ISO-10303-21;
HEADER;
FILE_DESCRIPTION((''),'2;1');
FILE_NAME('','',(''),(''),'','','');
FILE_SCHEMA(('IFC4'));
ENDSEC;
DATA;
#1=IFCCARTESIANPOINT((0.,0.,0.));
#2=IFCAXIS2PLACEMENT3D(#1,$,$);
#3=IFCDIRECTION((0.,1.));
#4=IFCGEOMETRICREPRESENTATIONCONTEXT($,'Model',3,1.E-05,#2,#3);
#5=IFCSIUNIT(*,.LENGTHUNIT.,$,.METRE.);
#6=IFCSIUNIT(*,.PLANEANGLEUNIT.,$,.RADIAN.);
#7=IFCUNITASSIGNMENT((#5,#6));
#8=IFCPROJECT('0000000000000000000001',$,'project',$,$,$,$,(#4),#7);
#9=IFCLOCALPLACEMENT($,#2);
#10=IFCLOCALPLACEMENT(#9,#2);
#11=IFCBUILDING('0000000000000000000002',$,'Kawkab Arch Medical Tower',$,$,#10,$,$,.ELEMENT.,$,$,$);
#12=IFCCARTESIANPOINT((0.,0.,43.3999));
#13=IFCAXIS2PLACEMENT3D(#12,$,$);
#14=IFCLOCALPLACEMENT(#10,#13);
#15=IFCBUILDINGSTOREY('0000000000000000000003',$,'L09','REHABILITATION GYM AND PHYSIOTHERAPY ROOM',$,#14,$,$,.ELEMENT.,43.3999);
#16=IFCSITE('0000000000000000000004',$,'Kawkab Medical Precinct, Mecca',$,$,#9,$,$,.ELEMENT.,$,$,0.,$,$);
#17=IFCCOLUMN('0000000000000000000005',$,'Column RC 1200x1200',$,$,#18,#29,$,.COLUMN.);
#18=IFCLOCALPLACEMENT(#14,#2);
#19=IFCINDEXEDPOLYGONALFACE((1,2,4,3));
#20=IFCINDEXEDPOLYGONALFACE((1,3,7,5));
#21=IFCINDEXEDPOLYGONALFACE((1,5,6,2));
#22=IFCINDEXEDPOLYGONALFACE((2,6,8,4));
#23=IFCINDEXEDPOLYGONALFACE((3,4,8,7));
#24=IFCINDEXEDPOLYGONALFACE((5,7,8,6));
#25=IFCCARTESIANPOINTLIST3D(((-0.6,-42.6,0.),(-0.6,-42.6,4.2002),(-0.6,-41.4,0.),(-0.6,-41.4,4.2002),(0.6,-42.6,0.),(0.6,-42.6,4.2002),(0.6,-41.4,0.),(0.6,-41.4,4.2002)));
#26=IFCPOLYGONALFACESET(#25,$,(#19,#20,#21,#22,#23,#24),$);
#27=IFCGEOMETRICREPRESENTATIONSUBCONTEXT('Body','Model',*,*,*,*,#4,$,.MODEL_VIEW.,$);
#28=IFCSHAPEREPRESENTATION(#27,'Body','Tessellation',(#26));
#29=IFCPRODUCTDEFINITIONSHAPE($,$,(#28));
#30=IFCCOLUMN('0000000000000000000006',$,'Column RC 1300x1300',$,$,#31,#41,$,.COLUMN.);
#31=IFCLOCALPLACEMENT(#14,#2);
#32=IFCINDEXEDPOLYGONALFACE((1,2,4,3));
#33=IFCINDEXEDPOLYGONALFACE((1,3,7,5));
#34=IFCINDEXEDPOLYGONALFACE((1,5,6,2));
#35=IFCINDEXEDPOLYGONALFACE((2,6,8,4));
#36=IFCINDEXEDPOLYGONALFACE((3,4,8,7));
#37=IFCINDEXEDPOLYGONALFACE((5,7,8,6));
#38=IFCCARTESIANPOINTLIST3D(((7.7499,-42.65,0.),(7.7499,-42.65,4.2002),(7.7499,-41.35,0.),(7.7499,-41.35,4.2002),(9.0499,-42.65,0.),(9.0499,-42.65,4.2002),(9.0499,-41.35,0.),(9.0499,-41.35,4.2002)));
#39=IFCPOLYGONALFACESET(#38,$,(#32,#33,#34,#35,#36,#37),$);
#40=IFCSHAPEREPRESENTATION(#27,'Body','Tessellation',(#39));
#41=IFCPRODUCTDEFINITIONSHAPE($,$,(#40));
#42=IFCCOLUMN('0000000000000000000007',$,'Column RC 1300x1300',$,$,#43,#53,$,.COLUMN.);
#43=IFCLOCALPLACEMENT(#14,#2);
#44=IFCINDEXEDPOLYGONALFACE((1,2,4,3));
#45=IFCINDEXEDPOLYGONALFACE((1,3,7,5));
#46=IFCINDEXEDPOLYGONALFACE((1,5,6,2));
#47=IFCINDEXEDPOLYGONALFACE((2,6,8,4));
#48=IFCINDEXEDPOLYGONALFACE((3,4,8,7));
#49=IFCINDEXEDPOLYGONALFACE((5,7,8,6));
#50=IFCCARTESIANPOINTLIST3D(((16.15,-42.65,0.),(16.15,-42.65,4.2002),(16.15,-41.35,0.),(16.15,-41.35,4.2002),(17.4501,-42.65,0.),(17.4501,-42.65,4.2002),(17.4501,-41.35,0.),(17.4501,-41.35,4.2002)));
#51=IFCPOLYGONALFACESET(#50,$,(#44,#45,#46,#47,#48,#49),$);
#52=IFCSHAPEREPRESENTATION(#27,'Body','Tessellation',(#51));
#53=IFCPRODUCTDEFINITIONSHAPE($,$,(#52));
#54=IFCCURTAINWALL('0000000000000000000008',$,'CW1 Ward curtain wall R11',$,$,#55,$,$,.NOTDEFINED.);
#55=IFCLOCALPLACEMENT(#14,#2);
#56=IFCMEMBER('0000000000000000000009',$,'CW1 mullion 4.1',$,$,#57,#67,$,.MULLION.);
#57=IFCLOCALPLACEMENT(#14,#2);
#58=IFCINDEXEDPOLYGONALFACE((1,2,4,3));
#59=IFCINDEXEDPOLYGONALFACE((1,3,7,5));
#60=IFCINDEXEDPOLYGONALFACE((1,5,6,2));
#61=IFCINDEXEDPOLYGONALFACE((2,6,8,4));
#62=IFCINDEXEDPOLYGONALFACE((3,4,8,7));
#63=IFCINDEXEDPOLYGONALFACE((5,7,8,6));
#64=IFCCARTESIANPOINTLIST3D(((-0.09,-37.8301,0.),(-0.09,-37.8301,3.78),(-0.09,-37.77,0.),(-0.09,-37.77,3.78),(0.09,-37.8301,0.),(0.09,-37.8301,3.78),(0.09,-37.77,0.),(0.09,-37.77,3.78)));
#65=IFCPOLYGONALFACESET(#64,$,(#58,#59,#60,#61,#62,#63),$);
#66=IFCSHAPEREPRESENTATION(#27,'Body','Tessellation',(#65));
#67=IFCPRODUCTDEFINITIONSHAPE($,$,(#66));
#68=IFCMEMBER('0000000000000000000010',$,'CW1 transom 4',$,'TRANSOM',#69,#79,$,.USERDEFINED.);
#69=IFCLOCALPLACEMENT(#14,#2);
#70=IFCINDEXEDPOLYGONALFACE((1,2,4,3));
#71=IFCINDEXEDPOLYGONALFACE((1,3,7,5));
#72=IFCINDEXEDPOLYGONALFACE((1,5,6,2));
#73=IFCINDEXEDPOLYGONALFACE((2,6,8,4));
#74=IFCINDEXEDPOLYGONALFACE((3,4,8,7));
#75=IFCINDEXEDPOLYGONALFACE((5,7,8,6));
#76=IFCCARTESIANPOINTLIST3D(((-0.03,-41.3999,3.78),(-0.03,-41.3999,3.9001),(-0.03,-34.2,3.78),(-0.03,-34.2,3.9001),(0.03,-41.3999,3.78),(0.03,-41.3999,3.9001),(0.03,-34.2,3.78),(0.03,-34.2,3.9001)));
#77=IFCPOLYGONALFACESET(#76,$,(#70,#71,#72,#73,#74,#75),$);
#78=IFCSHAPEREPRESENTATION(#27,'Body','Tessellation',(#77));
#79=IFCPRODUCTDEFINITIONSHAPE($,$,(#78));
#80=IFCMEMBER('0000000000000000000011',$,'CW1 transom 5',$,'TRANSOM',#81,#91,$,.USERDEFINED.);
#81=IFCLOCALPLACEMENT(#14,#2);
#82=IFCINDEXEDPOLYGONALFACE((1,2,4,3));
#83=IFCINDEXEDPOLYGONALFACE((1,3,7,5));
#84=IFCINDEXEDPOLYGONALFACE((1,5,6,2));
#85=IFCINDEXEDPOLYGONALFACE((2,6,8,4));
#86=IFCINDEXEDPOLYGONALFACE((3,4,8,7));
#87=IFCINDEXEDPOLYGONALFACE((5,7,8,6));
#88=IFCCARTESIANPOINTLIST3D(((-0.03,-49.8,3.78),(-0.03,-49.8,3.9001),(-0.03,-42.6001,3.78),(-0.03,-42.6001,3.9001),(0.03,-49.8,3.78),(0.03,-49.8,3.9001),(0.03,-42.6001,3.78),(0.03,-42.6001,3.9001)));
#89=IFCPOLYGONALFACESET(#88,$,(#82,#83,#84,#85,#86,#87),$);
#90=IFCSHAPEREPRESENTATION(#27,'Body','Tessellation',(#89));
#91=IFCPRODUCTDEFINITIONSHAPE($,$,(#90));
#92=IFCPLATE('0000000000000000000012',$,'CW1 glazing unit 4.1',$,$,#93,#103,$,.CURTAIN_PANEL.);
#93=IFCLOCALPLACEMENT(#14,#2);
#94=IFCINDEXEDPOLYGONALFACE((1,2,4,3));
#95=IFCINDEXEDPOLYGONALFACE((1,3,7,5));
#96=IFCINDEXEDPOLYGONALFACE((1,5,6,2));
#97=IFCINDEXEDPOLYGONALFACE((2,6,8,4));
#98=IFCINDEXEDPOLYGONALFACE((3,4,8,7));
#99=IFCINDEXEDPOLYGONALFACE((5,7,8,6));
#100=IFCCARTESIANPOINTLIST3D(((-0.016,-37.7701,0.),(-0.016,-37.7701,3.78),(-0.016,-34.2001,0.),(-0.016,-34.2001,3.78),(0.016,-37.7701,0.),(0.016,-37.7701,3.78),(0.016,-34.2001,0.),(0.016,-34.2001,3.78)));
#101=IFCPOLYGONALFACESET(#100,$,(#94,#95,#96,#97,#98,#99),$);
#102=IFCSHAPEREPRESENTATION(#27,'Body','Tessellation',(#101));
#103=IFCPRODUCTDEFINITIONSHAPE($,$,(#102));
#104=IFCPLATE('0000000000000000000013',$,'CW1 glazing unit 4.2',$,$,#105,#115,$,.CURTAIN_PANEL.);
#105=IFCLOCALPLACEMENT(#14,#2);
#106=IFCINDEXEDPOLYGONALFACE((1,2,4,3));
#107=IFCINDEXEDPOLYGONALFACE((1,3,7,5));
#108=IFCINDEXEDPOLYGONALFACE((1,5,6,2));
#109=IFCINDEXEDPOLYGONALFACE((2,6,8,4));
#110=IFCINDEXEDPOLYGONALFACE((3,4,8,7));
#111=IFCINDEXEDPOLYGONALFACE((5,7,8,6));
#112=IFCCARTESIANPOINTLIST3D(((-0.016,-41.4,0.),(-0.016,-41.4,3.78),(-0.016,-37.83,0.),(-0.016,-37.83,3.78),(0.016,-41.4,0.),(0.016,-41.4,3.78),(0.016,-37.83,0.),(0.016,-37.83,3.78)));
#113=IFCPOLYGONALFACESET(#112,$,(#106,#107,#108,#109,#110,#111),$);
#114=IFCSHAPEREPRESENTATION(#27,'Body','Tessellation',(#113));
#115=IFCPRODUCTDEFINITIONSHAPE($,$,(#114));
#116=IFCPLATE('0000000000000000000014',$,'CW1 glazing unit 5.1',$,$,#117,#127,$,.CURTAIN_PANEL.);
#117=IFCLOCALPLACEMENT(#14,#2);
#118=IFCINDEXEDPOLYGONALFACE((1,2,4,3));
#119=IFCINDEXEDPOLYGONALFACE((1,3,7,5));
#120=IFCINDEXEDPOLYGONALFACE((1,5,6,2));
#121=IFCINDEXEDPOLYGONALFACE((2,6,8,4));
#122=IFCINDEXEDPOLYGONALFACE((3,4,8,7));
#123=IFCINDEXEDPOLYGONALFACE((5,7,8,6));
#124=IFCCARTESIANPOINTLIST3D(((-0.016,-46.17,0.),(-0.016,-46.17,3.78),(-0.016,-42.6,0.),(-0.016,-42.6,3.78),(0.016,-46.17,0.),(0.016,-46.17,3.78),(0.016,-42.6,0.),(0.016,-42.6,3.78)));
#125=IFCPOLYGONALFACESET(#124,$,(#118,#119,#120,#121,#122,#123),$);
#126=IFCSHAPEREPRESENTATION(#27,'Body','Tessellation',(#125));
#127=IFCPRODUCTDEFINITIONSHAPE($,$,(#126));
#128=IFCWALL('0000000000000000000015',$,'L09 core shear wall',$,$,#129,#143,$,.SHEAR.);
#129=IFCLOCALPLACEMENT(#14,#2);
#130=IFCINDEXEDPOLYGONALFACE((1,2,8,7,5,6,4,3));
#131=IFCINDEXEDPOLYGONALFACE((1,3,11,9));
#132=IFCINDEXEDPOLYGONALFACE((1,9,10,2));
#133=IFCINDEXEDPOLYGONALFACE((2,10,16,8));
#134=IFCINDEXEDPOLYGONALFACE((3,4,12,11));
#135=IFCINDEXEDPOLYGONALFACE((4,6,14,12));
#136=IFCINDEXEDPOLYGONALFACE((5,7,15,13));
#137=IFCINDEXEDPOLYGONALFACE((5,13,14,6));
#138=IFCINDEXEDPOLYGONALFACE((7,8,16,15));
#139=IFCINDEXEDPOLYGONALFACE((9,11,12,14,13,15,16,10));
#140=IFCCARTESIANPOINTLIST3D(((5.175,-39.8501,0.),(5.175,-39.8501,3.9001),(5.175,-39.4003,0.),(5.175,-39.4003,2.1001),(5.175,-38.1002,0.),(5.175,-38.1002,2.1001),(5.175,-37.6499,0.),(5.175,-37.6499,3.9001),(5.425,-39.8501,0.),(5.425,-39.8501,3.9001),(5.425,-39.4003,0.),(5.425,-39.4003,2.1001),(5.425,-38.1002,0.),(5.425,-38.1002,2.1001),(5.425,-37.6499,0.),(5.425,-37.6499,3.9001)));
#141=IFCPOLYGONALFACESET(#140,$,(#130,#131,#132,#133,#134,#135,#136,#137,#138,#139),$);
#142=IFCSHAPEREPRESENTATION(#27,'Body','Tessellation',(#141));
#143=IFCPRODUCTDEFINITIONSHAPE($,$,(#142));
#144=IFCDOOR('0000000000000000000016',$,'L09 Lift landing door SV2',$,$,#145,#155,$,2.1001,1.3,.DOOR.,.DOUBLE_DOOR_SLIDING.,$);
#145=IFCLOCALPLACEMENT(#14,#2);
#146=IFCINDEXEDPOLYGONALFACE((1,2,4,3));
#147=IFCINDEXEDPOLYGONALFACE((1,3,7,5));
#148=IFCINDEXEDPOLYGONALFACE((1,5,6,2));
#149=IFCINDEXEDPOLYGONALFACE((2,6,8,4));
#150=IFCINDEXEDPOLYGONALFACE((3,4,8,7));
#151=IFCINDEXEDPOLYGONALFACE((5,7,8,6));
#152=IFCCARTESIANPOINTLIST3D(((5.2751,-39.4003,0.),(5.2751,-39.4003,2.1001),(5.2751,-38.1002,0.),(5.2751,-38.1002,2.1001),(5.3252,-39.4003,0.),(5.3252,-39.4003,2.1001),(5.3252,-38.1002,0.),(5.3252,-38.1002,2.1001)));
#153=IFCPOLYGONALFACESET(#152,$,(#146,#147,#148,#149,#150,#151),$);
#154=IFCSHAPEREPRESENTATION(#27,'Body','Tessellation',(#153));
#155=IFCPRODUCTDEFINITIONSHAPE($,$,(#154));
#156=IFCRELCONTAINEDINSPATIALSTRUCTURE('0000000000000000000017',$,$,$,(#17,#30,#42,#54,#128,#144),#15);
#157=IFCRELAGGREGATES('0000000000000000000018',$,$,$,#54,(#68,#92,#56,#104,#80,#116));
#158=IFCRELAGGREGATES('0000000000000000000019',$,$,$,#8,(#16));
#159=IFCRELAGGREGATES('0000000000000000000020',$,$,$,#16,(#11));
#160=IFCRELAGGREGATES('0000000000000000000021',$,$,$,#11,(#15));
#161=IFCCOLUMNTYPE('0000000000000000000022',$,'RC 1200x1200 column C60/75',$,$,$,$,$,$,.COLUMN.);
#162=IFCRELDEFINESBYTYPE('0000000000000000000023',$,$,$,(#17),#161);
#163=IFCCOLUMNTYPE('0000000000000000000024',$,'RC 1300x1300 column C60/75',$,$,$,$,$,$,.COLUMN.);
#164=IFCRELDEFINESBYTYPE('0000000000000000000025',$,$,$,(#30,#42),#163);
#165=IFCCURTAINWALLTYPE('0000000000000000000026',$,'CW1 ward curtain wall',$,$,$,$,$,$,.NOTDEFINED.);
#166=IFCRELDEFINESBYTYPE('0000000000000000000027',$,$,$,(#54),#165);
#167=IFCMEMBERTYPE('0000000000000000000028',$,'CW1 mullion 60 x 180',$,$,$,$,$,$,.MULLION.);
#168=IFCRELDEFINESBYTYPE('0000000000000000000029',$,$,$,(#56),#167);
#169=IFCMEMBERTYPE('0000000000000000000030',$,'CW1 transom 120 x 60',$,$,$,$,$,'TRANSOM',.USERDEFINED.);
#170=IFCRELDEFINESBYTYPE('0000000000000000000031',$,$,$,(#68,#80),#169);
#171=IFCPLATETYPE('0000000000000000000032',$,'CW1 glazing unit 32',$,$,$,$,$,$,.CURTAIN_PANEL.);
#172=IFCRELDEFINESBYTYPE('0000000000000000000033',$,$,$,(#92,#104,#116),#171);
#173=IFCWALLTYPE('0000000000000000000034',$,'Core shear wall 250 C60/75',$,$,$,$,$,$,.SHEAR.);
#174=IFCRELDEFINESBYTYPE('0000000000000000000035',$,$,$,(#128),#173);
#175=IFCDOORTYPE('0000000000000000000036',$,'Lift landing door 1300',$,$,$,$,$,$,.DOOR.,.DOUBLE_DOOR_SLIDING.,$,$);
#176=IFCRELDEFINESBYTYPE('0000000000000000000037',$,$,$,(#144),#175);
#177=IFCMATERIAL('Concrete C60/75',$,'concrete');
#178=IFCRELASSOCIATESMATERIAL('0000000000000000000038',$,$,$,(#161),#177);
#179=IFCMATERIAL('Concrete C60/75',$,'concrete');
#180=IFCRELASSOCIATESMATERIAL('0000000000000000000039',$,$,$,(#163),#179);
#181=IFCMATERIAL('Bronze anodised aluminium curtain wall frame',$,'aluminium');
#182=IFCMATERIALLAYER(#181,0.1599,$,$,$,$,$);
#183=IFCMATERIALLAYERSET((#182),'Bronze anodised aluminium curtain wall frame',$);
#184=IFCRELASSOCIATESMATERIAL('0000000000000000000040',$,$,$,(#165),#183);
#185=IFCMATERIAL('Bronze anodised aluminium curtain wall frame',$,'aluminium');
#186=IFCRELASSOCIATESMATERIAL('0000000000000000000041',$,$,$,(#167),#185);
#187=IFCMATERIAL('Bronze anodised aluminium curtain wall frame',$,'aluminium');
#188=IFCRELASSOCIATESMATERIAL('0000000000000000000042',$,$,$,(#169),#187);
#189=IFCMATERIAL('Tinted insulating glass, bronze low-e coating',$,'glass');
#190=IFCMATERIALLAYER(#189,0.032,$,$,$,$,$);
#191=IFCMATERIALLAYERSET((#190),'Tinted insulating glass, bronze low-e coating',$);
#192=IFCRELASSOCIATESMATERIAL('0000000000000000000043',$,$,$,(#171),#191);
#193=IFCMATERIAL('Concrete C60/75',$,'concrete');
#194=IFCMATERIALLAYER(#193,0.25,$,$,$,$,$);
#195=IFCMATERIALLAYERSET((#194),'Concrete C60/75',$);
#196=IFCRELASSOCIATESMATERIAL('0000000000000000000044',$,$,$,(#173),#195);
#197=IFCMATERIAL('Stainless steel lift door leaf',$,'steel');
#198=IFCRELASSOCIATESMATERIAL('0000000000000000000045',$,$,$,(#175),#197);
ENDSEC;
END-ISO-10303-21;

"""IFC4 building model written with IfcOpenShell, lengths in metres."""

from ifc_helpers import new_model, si_unit, direction, frame, frame_2d, origin, origin_2d, place, context, subcontext, project, spatial, rectangle, extrude, material, layer, layer_set, material_profile, profile_set, type_object, element, fill, aggregate, save


model = new_model("IFC4")

# Units and contexts
model_context = context("Model", 3, precision=1e-05, world=origin(), true_north=direction((0.0, 1.0)))
body_context = subcontext(model_context, "Body", "Model", "MODEL_VIEW")
ifc_project = project(units=[si_unit("LENGTHUNIT", "METRE"), si_unit("PLANEANGLEUNIT", "RADIAN")], contexts=[model_context])

# Site, building, storey
site_placement = place(None, origin())
site = spatial("IfcSite", under=ifc_project, at=site_placement, Name="Kawkab Medical Precinct, Mecca", CompositionType="ELEMENT", RefElevation=0.0)
building_placement = place(site_placement, origin())
building = spatial("IfcBuilding", under=site, at=building_placement, Name="Kawkab Arch Medical Tower", CompositionType="ELEMENT")
storey_placement = place(building_placement, frame((0.0, 0.0, 43.3999)))
storey = spatial("IfcBuildingStorey", under=building, at=storey_placement, Name="L09", Description="REHABILITATION GYM AND PHYSIOTHERAPY ROOM", CompositionType="ELEMENT", Elevation=43.3999)

# Columns
ifc_material_1 = material(Name="Concrete C60/75", Category="concrete")
ifc_material_profile_1 = material_profile(ifc_material_1, rectangle(XDim=1.2, YDim=1.2, at=origin_2d()), Name="RC 1200x1200")
ifc_profile_set_1 = profile_set([ifc_material_profile_1], Name="Concrete C60/75")
column_type_1 = type_object("IfcColumnType", Name="RC 1200x1200 column C60/75", PredefinedType="COLUMN", material=ifc_profile_set_1)
column_placement = place(storey_placement, frame((0.0, -42.0, 0.0), z_axis=(0.0, 0.0, 1.0), x_axis=(1.0, 0.0, 0.0)))
element("IfcColumn", 1, at=column_placement, inside=storey, type_object=column_type_1, Name="Column RC 1200x1200", PredefinedType="COLUMN", context=body_context, shape_type="SweptSolid", body=[
    extrude(rectangle(XDim=1.2, YDim=1.2, at=origin_2d()), origin(), (0.0, 0.0, 1.0), 4.2002),
])
ifc_material_2 = material(Name="Concrete C60/75", Category="concrete")
ifc_material_profile_2 = material_profile(ifc_material_2, rectangle(XDim=1.3, YDim=1.3, at=origin_2d()), Name="RC 1300x1300")
ifc_profile_set_2 = profile_set([ifc_material_profile_2], Name="Concrete C60/75")
column_type_2 = type_object("IfcColumnType", Name="RC 1300x1300 column C60/75", PredefinedType="COLUMN", material=ifc_profile_set_2)
for number, where, z_axis, x_axis, name in (
    (2, (8.3999, -42.0, 0.0), (0.0, 0.0, 1.0), (1.0, 0.0, 0.0), "Column RC 1300x1300"),
    (3, (16.8, -42.0, 0.0), (0.0, 0.0, 1.0), (1.0, 0.0, 0.0), "Column RC 1300x1300"),
):
    element("IfcColumn", number, at=place(storey_placement, frame(where, z_axis=z_axis, x_axis=x_axis)), inside=storey, type_object=column_type_2, Name=name, PredefinedType="COLUMN", context=body_context, shape_type="SweptSolid", body=[
        extrude(rectangle(XDim=1.3, YDim=1.3, at=origin_2d()), origin(), (0.0, 0.0, 1.0), 4.2002),
    ])

# Curtain wall, members, plates
ifc_material_3 = material(Name="Bronze anodised aluminium curtain wall frame", Category="aluminium")
ifc_layer_1 = layer(ifc_material_3, 0.1599)
ifc_layer_set_1 = layer_set([ifc_layer_1], Name="Bronze anodised aluminium curtain wall frame")
curtain_wall_type = type_object("IfcCurtainWallType", Name="CW1 ward curtain wall", PredefinedType="NOTDEFINED", material=ifc_layer_set_1)
placement = place(storey_placement, origin())
curtain_wall = element("IfcCurtainWall", 4, at=placement, inside=storey, type_object=curtain_wall_type, Name="CW1 Ward curtain wall R11", PredefinedType="NOTDEFINED")
ifc_material_4 = material(Name="Bronze anodised aluminium curtain wall frame", Category="aluminium")
ifc_material_profile_3 = material_profile(ifc_material_4, rectangle(XDim=0.1799, YDim=0.0601, at=origin_2d()), Name="AL 60x180")
ifc_profile_set_3 = profile_set([ifc_material_profile_3], Name="Bronze anodised aluminium curtain wall frame")
member_type_1 = type_object("IfcMemberType", Name="CW1 mullion 60 x 180", PredefinedType="MULLION", material=ifc_profile_set_3)
member_1_placement = place(storey_placement, frame((0.0, -37.8, 0.0), z_axis=(0.0, 0.0, 1.0), x_axis=(1.0, 0.0, 0.0)))
member_1 = element("IfcMember", 5, at=member_1_placement, type_object=member_type_1, Name="CW1 mullion 4.1", PredefinedType="MULLION", context=body_context, shape_type="SweptSolid", body=[
    extrude(rectangle(XDim=0.1799, YDim=0.0601, at=origin_2d()), origin(), (0.0, 0.0, 1.0), 3.78),
])
ifc_material_5 = material(Name="Bronze anodised aluminium curtain wall frame", Category="aluminium")
ifc_material_profile_4 = material_profile(ifc_material_5, rectangle(XDim=0.0601, YDim=0.1201, at=origin_2d()), Name="AL 60x120")
ifc_profile_set_4 = profile_set([ifc_material_profile_4], Name="Bronze anodised aluminium curtain wall frame")
member_type_2 = type_object("IfcMemberType", Name="CW1 transom 120 x 60", ElementType="TRANSOM", PredefinedType="USERDEFINED", material=ifc_profile_set_4)
member_2_placement = place(storey_placement, frame((0.0, -34.2, 3.8401), z_axis=(0.0, -1.0, 0.0), x_axis=(1.0, 0.0, 0.0)))
member_2 = element("IfcMember", 6, at=member_2_placement, type_object=member_type_2, Name="CW1 transom 4", ObjectType="TRANSOM", PredefinedType="USERDEFINED", context=body_context, shape_type="SweptSolid", body=[
    extrude(rectangle(XDim=0.0601, YDim=0.1201, at=origin_2d()), origin(), (0.0, 0.0, 1.0), 7.2),
])
member_3_placement = place(storey_placement, frame((0.0, -42.6001, 3.8401), z_axis=(0.0, -1.0, 0.0), x_axis=(1.0, 0.0, 0.0)))
member_3 = element("IfcMember", 7, at=member_3_placement, type_object=member_type_2, Name="CW1 transom 5", ObjectType="TRANSOM", PredefinedType="USERDEFINED", context=body_context, shape_type="SweptSolid", body=[
    extrude(rectangle(XDim=0.0601, YDim=0.1201, at=origin_2d()), origin(), (0.0, 0.0, 1.0), 7.2),
])
ifc_material_6 = material(Name="Tinted insulating glass, bronze low-e coating", Category="glass")
ifc_layer_2 = layer(ifc_material_6, 0.032)
ifc_layer_set_2 = layer_set([ifc_layer_2], Name="Tinted insulating glass, bronze low-e coating")
plate_type = type_object("IfcPlateType", Name="CW1 glazing unit 32", PredefinedType="CURTAIN_PANEL", material=ifc_layer_set_2)
plate_1_placement = place(storey_placement, frame((0.0, -35.9851, 0.0), z_axis=(0.0, 0.0, 1.0), x_axis=(0.0, -1.0, 0.0)))
plate_1 = element("IfcPlate", 8, at=plate_1_placement, type_object=plate_type, Name="CW1 glazing unit 4.1", PredefinedType="CURTAIN_PANEL", context=body_context, shape_type="SweptSolid", body=[
    extrude(rectangle(XDim=3.5701, YDim=0.032, at=origin_2d()), origin(), (0.0, 0.0, 1.0), 3.78),
])
plate_2_placement = place(storey_placement, frame((0.0, -39.615, 0.0), z_axis=(0.0, 0.0, 1.0), x_axis=(0.0, -1.0, 0.0)))
plate_2 = element("IfcPlate", 9, at=plate_2_placement, type_object=plate_type, Name="CW1 glazing unit 4.2", PredefinedType="CURTAIN_PANEL", context=body_context, shape_type="SweptSolid", body=[
    extrude(rectangle(XDim=3.5701, YDim=0.032, at=origin_2d()), origin(), (0.0, 0.0, 1.0), 3.78),
])
plate_3_placement = place(storey_placement, frame((0.0, -44.385, 0.0), z_axis=(0.0, 0.0, 1.0), x_axis=(0.0, -1.0, 0.0)))
plate_3 = element("IfcPlate", 10, at=plate_3_placement, type_object=plate_type, Name="CW1 glazing unit 5.1", PredefinedType="CURTAIN_PANEL", context=body_context, shape_type="SweptSolid", body=[
    extrude(rectangle(XDim=3.5701, YDim=0.032, at=origin_2d()), origin(), (0.0, 0.0, 1.0), 3.78),
])
aggregate(curtain_wall, [member_2, plate_1, member_1, plate_2, member_3, plate_3])

# Wall, opening, door
ifc_material_7 = material(Name="Concrete C60/75", Category="concrete")
ifc_layer_3 = layer(ifc_material_7, 0.25)
ifc_layer_set_3 = layer_set([ifc_layer_3], Name="Concrete C60/75")
wall_type_1 = type_object("IfcWallType", Name="Core shear wall 250 C60/75", PredefinedType="SHEAR", material=ifc_layer_set_3)
wall_1_placement = place(storey_placement, frame((5.3, -39.8501, 0.0), z_axis=(0.0, 0.0, 1.0), x_axis=(0.0, 1.0, 0.0)))
wall_1 = element("IfcWall", 11, at=wall_1_placement, inside=storey, type_object=wall_type_1, Name="L09 core shear wall", PredefinedType="SHEAR", context=body_context, shape_type="SweptSolid", body=[
    extrude(rectangle(XDim=2.2002, YDim=0.25, at=frame_2d((1.1001, 0.0))), origin(), (0.0, 0.0, 1.0), 3.9001),
])
opening_1_placement = place(wall_1_placement, frame((0.45, 0.0, 0.0)))
opening_1 = element("IfcOpeningElement", 12, at=opening_1_placement, cuts=wall_1, PredefinedType="OPENING", context=body_context, shape_type="SweptSolid", body=[
    extrude(rectangle(XDim=1.3, YDim=2.1001, at=frame_2d((0.6499, 1.05))), frame((0.0, 0.135, 0.0), z_axis=(0.0, -1.0, 0.0), x_axis=(1.0, 0.0, 0.0)), (0.0, 0.0, 1.0), 0.27),
])
ifc_material_8 = material(Name="Stainless steel lift door leaf", Category="steel")
door_type_1 = type_object("IfcDoorType", Name="Lift landing door 1300", OperationType="DOUBLE_DOOR_SLIDING", PredefinedType="DOOR", material=ifc_material_8)
door_1_placement = place(opening_1_placement, origin())
door_1 = element("IfcDoor", 13, at=door_1_placement, inside=storey, type_object=door_type_1, Name="L09 Lift landing door SV2", OperationType="DOUBLE_DOOR_SLIDING", OverallHeight=2.1001, OverallWidth=1.3, PredefinedType="DOOR", context=body_context, shape_type="SweptSolid", body=[
    extrude(rectangle(XDim=1.3, YDim=2.1001, at=frame_2d((0.6499, 1.05))), frame((0.0, 0.0249, 0.0), z_axis=(0.0, -1.0, 0.0), x_axis=(1.0, 0.0, 0.0)), (0.0, 0.0, 1.0), 0.05),
])
fill(opening_1, door_1)

save(model, "model.ifc")
